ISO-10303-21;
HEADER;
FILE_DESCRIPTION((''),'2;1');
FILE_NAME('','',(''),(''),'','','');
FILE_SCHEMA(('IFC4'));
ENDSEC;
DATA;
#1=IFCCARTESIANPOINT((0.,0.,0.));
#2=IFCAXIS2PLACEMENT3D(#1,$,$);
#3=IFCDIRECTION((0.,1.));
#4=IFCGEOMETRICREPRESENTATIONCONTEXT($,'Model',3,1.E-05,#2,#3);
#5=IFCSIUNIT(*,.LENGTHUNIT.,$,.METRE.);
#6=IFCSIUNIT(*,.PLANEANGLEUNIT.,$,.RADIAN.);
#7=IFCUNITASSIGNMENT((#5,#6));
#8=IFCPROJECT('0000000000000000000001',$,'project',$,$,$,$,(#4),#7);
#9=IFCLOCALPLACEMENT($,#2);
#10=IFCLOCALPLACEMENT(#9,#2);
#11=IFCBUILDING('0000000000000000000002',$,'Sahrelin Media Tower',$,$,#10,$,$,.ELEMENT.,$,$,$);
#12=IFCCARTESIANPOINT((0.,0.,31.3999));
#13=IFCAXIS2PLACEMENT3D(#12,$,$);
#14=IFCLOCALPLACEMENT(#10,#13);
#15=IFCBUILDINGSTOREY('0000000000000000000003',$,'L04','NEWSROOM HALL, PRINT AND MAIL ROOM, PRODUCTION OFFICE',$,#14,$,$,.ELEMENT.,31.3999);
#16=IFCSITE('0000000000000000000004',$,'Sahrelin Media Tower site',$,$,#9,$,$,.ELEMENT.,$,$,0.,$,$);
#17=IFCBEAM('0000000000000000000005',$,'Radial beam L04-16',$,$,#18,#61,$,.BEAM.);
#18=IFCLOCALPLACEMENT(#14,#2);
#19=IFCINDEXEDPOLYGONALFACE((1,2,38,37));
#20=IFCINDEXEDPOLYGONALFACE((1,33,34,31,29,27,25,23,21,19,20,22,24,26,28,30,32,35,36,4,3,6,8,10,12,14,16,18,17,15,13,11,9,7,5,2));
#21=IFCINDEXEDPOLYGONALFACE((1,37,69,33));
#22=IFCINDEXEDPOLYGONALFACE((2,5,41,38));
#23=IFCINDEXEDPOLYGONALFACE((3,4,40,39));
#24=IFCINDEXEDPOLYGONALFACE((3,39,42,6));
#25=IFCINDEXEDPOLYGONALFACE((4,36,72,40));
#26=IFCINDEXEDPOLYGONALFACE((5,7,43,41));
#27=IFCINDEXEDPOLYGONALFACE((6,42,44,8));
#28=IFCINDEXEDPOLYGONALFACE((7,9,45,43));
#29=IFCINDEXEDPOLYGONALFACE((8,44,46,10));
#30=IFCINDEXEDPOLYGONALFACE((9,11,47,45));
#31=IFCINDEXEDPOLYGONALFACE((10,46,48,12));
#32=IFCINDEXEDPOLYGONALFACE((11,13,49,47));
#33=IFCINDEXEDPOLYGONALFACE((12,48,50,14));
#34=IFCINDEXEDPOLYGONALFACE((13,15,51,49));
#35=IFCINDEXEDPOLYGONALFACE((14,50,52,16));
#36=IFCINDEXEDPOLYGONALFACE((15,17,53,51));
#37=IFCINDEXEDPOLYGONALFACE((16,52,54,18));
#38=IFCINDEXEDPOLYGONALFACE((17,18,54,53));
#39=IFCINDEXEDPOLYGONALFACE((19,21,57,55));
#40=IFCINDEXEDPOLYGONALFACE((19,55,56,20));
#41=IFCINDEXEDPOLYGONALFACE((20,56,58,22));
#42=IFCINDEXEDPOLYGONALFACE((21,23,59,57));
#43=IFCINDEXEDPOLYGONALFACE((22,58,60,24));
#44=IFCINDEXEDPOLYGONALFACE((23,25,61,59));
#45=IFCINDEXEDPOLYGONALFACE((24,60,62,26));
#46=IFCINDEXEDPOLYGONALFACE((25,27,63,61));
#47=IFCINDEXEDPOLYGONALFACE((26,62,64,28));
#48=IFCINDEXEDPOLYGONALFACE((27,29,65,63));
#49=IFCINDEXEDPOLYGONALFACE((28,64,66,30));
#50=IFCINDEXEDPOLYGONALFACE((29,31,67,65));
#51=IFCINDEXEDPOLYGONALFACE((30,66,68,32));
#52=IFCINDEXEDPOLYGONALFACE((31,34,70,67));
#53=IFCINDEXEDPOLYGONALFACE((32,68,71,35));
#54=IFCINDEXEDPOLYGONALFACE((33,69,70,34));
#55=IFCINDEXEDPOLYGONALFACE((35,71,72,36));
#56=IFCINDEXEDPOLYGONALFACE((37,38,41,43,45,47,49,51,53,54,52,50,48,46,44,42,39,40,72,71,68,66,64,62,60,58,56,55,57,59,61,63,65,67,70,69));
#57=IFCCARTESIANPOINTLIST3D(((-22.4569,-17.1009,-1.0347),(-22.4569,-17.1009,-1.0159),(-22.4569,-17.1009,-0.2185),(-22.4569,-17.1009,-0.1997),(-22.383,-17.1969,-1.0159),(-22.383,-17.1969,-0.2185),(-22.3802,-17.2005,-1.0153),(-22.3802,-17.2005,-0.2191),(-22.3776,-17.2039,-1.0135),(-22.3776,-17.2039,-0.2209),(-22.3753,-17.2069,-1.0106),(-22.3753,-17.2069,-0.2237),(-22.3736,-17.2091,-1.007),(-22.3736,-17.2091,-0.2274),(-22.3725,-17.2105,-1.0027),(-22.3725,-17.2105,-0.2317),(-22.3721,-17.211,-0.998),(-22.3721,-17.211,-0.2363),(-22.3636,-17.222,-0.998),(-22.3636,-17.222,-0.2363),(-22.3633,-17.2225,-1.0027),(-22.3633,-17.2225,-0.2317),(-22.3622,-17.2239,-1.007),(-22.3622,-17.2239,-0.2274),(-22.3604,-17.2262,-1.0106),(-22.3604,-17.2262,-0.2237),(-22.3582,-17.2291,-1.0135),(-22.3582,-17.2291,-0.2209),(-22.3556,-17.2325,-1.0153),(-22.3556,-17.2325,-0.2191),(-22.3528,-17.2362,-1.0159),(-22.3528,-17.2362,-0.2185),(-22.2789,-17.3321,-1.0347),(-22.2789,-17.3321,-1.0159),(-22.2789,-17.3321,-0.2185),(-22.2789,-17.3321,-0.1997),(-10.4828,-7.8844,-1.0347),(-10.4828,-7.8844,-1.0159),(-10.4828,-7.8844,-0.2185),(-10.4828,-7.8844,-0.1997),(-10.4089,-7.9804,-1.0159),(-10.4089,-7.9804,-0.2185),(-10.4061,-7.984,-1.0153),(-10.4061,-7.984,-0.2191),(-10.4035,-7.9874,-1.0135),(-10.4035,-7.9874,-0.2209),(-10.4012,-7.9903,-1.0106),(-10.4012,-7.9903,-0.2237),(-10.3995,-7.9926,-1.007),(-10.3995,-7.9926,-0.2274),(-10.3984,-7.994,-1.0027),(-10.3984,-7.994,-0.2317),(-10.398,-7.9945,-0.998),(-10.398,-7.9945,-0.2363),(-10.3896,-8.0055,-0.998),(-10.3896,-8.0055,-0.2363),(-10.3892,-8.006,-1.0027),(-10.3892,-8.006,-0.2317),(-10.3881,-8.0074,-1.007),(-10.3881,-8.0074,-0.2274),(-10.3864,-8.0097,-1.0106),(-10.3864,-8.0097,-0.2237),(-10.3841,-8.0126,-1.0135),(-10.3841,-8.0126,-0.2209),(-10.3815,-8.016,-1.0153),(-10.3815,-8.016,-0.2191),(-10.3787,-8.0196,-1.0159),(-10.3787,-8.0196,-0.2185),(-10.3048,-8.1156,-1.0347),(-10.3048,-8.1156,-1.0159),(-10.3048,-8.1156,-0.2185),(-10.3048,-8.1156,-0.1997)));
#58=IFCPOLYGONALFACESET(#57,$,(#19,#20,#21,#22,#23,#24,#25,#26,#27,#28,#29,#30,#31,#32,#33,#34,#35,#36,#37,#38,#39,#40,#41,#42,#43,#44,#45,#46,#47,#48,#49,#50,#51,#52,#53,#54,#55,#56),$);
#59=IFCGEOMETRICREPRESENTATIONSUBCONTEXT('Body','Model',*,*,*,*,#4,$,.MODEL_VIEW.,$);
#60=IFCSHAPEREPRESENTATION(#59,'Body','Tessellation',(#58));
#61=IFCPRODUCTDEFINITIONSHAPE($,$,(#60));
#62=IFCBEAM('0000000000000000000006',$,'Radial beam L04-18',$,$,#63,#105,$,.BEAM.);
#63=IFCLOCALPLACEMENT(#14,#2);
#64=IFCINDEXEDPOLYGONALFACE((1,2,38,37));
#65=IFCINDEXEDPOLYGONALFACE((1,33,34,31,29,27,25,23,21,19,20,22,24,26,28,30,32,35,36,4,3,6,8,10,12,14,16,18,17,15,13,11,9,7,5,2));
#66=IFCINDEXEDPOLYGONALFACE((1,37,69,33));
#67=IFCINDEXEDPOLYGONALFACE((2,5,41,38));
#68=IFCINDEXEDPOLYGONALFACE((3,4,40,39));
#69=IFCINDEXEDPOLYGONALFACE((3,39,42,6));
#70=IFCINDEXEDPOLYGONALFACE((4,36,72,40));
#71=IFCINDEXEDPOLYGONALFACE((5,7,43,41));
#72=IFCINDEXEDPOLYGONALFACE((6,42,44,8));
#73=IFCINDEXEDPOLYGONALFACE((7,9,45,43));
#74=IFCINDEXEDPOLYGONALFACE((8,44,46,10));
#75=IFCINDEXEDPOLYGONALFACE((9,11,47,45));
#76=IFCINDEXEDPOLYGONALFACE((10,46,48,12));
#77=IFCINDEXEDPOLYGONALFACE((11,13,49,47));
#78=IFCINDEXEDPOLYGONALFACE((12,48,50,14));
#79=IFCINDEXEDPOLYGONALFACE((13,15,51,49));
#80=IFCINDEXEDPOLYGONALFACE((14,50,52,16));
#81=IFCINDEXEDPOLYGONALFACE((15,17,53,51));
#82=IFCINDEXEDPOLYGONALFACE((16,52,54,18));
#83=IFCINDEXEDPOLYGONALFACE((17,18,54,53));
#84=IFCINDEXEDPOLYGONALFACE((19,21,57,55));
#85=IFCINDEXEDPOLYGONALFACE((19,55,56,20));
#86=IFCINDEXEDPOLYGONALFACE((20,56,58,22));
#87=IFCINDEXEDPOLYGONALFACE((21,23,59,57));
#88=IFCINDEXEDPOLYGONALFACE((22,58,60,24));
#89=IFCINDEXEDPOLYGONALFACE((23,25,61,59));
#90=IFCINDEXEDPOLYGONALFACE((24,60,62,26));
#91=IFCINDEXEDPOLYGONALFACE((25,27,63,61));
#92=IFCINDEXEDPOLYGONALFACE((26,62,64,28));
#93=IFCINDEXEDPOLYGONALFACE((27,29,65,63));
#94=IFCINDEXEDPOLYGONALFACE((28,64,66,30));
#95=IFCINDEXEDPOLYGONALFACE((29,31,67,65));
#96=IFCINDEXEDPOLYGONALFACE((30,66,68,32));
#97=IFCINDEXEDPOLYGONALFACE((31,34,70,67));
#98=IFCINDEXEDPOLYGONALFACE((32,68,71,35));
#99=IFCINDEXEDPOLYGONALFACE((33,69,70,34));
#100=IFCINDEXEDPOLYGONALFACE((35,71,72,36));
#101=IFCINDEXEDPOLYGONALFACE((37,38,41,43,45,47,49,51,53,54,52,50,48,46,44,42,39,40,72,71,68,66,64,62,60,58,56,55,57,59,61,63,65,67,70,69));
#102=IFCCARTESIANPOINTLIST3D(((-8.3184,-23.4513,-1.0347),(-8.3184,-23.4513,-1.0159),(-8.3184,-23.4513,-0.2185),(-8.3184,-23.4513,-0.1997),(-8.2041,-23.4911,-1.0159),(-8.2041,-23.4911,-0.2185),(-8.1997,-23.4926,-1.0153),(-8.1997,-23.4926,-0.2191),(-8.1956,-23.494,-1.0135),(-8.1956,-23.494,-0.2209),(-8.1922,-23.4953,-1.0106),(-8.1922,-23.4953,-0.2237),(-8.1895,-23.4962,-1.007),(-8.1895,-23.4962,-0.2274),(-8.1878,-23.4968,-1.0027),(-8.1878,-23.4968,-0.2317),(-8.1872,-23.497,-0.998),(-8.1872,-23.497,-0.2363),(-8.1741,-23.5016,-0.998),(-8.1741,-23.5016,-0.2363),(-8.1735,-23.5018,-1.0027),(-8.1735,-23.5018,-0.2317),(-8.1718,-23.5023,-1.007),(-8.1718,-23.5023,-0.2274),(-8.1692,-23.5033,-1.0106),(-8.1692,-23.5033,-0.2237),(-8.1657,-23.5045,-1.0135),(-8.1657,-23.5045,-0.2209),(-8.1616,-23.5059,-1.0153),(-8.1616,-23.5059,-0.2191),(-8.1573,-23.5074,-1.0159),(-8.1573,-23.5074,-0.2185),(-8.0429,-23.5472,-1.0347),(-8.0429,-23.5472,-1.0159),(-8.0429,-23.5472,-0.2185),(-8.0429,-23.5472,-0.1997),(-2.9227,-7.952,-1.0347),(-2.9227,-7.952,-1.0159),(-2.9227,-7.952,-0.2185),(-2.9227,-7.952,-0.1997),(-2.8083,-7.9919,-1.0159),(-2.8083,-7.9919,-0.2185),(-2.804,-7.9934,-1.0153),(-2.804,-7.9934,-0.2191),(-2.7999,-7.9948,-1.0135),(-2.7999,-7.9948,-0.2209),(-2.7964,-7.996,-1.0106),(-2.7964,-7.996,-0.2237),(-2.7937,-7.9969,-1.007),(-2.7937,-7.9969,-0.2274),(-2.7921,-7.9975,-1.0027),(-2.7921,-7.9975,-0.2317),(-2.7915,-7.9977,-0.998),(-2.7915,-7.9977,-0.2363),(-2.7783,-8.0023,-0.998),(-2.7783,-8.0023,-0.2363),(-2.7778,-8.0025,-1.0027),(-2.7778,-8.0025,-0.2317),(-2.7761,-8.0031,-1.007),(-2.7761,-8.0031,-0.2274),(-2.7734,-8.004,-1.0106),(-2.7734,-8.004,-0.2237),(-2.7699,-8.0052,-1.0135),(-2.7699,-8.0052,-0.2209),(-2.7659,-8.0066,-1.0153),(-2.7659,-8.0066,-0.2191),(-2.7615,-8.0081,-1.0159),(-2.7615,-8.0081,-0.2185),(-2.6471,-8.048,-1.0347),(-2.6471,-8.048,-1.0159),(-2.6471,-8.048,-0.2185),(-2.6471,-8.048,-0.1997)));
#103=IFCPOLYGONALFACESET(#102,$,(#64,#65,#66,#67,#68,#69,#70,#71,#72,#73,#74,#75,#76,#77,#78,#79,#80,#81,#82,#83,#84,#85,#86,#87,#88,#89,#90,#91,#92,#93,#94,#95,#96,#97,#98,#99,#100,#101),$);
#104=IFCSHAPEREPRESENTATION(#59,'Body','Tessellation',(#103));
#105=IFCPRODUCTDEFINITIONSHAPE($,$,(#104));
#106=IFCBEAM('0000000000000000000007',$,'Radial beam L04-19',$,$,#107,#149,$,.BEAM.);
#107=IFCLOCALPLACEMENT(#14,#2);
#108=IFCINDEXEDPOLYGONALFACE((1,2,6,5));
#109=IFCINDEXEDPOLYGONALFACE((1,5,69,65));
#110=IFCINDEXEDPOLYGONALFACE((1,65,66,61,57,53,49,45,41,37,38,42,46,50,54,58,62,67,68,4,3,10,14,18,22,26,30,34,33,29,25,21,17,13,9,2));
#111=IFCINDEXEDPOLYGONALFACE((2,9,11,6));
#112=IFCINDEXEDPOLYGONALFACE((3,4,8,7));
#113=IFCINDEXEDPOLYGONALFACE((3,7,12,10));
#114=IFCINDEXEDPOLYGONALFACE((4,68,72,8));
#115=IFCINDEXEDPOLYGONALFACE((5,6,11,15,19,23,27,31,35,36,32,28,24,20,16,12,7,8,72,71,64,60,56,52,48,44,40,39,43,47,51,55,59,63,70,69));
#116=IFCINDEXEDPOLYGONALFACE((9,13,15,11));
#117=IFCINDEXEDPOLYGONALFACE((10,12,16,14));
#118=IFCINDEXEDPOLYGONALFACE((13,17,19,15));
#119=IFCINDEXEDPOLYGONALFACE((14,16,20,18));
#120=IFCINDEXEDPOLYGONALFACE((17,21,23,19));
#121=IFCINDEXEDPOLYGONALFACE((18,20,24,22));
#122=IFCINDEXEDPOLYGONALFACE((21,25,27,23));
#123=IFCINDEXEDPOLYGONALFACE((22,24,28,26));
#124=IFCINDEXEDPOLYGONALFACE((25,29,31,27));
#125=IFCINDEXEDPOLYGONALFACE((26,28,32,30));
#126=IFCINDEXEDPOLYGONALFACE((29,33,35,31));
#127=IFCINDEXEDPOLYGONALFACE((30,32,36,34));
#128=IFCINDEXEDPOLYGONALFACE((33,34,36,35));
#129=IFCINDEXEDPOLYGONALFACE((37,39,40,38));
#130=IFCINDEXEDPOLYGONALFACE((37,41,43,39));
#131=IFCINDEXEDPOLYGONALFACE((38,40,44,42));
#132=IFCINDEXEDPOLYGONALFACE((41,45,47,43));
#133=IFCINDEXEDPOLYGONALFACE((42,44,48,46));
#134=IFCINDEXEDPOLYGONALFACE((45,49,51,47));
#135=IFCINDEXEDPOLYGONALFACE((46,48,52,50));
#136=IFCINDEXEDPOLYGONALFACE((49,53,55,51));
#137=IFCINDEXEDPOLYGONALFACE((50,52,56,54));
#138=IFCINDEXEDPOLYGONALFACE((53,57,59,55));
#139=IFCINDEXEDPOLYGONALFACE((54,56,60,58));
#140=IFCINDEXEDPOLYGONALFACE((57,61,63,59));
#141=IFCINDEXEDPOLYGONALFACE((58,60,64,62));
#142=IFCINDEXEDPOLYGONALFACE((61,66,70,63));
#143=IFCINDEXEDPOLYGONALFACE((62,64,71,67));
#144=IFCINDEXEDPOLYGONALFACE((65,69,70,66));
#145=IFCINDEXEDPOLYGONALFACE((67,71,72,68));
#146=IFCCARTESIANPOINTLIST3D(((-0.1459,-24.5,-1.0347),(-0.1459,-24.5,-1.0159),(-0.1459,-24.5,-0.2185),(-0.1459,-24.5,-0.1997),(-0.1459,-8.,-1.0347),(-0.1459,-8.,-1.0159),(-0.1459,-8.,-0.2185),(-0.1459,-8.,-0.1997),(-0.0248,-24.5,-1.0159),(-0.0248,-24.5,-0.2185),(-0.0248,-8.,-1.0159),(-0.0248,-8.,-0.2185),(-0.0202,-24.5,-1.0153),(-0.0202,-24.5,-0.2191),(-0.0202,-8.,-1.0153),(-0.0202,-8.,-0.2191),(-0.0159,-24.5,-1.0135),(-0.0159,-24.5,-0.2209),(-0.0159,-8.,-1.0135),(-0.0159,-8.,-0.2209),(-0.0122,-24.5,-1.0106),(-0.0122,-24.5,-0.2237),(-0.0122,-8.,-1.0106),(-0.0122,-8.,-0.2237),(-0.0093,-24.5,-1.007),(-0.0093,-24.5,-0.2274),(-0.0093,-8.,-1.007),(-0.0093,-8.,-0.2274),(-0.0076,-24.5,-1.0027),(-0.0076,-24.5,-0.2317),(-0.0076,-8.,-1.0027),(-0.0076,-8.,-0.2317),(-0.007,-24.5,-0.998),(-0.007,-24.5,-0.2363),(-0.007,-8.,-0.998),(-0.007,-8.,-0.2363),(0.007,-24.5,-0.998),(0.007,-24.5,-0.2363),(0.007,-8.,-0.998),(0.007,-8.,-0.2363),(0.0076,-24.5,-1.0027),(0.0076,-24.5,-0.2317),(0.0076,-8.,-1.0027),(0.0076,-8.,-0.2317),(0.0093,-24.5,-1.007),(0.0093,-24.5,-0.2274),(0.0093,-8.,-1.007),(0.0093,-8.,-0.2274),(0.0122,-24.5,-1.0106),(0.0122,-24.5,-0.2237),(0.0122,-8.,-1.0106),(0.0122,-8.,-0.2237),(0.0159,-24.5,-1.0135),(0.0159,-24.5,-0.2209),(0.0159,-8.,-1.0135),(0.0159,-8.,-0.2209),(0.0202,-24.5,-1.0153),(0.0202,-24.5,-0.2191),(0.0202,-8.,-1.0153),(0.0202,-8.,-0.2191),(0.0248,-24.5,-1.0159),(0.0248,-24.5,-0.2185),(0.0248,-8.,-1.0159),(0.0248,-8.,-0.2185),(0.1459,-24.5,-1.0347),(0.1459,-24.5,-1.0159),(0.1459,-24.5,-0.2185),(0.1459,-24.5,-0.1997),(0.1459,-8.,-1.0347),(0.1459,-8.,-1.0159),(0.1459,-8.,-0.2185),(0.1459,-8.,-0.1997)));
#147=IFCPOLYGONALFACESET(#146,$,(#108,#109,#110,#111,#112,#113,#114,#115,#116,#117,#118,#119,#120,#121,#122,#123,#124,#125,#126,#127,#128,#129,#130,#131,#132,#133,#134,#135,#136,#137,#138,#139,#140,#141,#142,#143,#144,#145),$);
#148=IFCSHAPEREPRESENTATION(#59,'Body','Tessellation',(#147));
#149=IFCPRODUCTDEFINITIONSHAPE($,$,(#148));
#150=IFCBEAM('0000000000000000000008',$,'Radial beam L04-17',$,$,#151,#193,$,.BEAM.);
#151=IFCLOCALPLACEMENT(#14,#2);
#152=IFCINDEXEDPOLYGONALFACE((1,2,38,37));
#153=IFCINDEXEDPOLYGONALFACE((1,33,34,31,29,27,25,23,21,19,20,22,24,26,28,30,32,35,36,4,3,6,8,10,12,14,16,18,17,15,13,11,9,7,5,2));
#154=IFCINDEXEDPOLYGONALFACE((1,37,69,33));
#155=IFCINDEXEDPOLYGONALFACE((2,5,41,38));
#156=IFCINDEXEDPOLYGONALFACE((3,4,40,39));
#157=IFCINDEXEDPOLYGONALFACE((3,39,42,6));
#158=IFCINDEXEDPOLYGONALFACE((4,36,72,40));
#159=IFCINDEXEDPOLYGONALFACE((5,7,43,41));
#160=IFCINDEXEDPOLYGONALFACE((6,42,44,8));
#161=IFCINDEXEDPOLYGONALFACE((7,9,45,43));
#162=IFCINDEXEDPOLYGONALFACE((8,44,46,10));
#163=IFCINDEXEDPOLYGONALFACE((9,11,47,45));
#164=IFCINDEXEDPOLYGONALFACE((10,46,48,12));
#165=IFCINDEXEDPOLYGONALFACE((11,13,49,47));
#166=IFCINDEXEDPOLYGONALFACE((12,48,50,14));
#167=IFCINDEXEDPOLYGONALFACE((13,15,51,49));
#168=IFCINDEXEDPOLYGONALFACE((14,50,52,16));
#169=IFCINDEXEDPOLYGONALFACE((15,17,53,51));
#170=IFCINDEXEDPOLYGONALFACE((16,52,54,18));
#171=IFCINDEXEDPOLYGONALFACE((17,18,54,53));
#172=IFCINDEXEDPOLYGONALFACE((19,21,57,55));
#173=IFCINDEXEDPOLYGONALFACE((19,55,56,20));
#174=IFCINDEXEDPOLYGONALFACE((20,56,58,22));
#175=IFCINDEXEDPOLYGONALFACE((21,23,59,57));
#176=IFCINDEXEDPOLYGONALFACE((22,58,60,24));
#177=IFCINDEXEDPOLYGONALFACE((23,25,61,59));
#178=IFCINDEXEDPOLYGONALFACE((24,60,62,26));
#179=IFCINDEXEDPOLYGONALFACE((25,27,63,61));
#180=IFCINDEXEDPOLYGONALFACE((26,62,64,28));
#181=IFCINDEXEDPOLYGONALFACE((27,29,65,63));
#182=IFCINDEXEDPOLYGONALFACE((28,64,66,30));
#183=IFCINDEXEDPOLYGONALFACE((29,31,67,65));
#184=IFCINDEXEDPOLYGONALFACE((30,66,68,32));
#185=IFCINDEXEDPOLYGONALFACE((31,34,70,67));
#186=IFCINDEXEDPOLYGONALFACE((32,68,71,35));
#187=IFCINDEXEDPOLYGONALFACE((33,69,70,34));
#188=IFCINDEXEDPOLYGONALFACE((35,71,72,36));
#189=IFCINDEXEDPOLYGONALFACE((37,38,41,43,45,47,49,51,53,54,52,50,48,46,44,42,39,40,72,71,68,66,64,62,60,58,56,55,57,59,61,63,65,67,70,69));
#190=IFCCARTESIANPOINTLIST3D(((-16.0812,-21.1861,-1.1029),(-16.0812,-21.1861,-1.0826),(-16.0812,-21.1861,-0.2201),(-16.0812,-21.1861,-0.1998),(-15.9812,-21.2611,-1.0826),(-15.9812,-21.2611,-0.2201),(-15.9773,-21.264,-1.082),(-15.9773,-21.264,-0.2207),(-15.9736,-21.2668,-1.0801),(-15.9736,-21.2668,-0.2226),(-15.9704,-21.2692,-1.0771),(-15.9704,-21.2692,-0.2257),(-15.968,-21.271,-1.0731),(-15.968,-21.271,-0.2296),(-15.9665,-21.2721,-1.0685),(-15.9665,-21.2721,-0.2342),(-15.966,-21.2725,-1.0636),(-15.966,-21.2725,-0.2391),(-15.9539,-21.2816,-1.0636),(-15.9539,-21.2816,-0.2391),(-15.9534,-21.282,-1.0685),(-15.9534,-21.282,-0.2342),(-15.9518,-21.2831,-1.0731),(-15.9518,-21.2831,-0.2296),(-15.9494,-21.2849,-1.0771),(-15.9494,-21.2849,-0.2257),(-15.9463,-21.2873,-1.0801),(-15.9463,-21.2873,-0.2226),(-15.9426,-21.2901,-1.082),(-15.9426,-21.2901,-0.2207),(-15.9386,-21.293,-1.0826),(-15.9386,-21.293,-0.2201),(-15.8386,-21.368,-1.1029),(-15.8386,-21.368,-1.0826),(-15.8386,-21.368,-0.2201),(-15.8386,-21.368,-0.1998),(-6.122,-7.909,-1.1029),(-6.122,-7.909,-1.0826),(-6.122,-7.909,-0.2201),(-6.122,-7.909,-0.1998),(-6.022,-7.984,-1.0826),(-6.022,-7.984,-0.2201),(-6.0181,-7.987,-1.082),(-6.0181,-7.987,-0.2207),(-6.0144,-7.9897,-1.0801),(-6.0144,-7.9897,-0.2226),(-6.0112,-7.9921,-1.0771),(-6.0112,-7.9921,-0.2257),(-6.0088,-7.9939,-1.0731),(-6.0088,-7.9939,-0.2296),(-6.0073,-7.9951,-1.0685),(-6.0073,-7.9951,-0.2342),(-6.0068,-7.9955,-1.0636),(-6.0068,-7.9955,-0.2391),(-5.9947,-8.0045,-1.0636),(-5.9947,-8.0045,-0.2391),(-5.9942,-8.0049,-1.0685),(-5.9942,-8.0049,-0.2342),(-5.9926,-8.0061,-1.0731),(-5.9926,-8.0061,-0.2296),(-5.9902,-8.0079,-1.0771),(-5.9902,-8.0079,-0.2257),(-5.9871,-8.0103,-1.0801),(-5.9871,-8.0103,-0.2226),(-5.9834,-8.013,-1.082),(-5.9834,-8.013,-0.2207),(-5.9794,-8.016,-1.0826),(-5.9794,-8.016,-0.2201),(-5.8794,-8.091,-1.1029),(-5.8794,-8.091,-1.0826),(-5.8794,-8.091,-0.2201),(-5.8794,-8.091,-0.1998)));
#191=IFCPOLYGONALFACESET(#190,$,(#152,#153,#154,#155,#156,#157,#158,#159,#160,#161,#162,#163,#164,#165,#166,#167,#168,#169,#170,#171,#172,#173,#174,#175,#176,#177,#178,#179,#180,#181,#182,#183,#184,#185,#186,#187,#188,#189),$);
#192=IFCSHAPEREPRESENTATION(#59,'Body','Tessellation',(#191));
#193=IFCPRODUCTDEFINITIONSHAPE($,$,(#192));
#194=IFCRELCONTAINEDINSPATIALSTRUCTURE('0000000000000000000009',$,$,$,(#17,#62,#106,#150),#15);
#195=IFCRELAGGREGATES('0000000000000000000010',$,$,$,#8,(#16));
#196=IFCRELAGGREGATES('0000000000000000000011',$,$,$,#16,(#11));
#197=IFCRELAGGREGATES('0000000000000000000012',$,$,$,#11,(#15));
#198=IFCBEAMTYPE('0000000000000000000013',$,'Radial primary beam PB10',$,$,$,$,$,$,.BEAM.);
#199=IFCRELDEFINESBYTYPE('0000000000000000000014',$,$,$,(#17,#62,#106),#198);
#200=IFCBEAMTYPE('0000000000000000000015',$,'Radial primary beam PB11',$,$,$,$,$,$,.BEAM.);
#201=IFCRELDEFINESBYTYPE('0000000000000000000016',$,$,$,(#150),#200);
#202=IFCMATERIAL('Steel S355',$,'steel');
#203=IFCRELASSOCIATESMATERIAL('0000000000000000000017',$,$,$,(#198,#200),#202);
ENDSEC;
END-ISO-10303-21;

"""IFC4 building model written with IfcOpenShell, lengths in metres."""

from ifc_helpers import new_model, si_unit, direction, frame, origin, origin_2d, place, context, subcontext, project, spatial, i_section, extrude, material, material_profile, profile_set, type_object, element, save


model = new_model("IFC4")

# Units and contexts
model_context = context("Model", 3, precision=1e-05, world=origin(), true_north=direction((0.0, 1.0)))
body_context = subcontext(model_context, "Body", "Model", "MODEL_VIEW")
ifc_project = project(units=[si_unit("LENGTHUNIT", "METRE"), si_unit("PLANEANGLEUNIT", "RADIAN")], contexts=[model_context])

# Site, building, storey
site_placement = place(None, origin())
site = spatial("IfcSite", under=ifc_project, at=site_placement, Name="Sahrelin Media Tower site", CompositionType="ELEMENT", RefElevation=0.0)
building_placement = place(site_placement, origin())
building = spatial("IfcBuilding", under=site, at=building_placement, Name="Sahrelin Media Tower", CompositionType="ELEMENT")
storey_placement = place(building_placement, frame((0.0, 0.0, 31.3999)))
storey = spatial("IfcBuildingStorey", under=building, at=storey_placement, Name="L04", Description="NEWSROOM HALL, PRINT AND MAIL ROOM, PRODUCTION OFFICE", CompositionType="ELEMENT", Elevation=31.3999)

# Beams
ifc_material_1 = material(Name="Steel S355", Category="steel")
ifc_material_profile_1 = material_profile(ifc_material_1, i_section(OverallWidth=0.2917, OverallDepth=0.835, WebThickness=0.0139, FlangeThickness=0.0188, FilletRadius=0.0178, at=origin_2d()), Name="UB 838x292x176")
ifc_profile_set_1 = profile_set([ifc_material_profile_1], Name="Steel S355")
beam_type_1 = type_object("IfcBeamType", Name="Radial primary beam PB10", PredefinedType="BEAM", material=ifc_profile_set_1)
beam_1_placement = place(storey_placement, frame((-10.3938, -8.0, -0.6172), z_axis=(-0.792442, -0.609947, 0.0), x_axis=(0.609947, -0.792442, 0.0)))
element("IfcBeam", 1, at=beam_1_placement, inside=storey, type_object=beam_type_1, Name="Radial beam L04-16", PredefinedType="BEAM", context=body_context, shape_type="SweptSolid", body=[
    extrude(i_section(OverallWidth=0.2917, OverallDepth=0.835, WebThickness=0.0139, FlangeThickness=0.0188, FilletRadius=0.0178, at=origin_2d()), origin(), (0.0, 0.0, 1.0), 15.1104),
])
beam_2_placement = place(storey_placement, frame((-2.7849, -8.0, -0.6172), z_axis=(-0.328776, -0.944408, 0.0), x_axis=(0.944408, -0.328776, 0.0)))
element("IfcBeam", 2, at=beam_2_placement, inside=storey, type_object=beam_type_1, Name="Radial beam L04-18", PredefinedType="BEAM", context=body_context, shape_type="SweptSolid", body=[
    extrude(i_section(OverallWidth=0.2917, OverallDepth=0.835, WebThickness=0.0139, FlangeThickness=0.0188, FilletRadius=0.0178, at=origin_2d()), origin(), (0.0, 0.0, 1.0), 16.4116),
])
beam_3_placement = place(storey_placement, frame((0.0, -8.0, -0.6172), z_axis=(0.0, -1.0, 0.0), x_axis=(1.0, 0.0, 0.0)))
element("IfcBeam", 3, at=beam_3_placement, inside=storey, type_object=beam_type_1, Name="Radial beam L04-19", PredefinedType="BEAM", context=body_context, shape_type="SweptSolid", body=[
    extrude(i_section(OverallWidth=0.2917, OverallDepth=0.835, WebThickness=0.0139, FlangeThickness=0.0188, FilletRadius=0.0178, at=origin_2d()), origin(), (0.0, 0.0, 1.0), 16.5),
])
ifc_material_profile_2 = material_profile(ifc_material_1, i_section(OverallWidth=0.3032, OverallDepth=0.9031, WebThickness=0.0151, FlangeThickness=0.0203, FilletRadius=0.019, at=origin_2d()), Name="UB 914x305x201")
ifc_profile_set_2 = profile_set([ifc_material_profile_2], Name="Steel S355")
beam_type_2 = type_object("IfcBeamType", Name="Radial primary beam PB11", PredefinedType="BEAM", material=ifc_profile_set_2)
beam_4_placement = place(storey_placement, frame((-6.0007, -8.0, -0.6514), z_axis=(-0.600054, -0.799959, 0.0), x_axis=(0.799959, -0.600054, 0.0)))
element("IfcBeam", 4, at=beam_4_placement, inside=storey, type_object=beam_type_2, Name="Radial beam L04-17", PredefinedType="BEAM", context=body_context, shape_type="SweptSolid", body=[
    extrude(i_section(OverallWidth=0.3032, OverallDepth=0.9031, WebThickness=0.0151, FlangeThickness=0.0203, FilletRadius=0.019, at=origin_2d()), origin(), (0.0, 0.0, 1.0), 16.5972),
])

save(model, "model.ifc")
